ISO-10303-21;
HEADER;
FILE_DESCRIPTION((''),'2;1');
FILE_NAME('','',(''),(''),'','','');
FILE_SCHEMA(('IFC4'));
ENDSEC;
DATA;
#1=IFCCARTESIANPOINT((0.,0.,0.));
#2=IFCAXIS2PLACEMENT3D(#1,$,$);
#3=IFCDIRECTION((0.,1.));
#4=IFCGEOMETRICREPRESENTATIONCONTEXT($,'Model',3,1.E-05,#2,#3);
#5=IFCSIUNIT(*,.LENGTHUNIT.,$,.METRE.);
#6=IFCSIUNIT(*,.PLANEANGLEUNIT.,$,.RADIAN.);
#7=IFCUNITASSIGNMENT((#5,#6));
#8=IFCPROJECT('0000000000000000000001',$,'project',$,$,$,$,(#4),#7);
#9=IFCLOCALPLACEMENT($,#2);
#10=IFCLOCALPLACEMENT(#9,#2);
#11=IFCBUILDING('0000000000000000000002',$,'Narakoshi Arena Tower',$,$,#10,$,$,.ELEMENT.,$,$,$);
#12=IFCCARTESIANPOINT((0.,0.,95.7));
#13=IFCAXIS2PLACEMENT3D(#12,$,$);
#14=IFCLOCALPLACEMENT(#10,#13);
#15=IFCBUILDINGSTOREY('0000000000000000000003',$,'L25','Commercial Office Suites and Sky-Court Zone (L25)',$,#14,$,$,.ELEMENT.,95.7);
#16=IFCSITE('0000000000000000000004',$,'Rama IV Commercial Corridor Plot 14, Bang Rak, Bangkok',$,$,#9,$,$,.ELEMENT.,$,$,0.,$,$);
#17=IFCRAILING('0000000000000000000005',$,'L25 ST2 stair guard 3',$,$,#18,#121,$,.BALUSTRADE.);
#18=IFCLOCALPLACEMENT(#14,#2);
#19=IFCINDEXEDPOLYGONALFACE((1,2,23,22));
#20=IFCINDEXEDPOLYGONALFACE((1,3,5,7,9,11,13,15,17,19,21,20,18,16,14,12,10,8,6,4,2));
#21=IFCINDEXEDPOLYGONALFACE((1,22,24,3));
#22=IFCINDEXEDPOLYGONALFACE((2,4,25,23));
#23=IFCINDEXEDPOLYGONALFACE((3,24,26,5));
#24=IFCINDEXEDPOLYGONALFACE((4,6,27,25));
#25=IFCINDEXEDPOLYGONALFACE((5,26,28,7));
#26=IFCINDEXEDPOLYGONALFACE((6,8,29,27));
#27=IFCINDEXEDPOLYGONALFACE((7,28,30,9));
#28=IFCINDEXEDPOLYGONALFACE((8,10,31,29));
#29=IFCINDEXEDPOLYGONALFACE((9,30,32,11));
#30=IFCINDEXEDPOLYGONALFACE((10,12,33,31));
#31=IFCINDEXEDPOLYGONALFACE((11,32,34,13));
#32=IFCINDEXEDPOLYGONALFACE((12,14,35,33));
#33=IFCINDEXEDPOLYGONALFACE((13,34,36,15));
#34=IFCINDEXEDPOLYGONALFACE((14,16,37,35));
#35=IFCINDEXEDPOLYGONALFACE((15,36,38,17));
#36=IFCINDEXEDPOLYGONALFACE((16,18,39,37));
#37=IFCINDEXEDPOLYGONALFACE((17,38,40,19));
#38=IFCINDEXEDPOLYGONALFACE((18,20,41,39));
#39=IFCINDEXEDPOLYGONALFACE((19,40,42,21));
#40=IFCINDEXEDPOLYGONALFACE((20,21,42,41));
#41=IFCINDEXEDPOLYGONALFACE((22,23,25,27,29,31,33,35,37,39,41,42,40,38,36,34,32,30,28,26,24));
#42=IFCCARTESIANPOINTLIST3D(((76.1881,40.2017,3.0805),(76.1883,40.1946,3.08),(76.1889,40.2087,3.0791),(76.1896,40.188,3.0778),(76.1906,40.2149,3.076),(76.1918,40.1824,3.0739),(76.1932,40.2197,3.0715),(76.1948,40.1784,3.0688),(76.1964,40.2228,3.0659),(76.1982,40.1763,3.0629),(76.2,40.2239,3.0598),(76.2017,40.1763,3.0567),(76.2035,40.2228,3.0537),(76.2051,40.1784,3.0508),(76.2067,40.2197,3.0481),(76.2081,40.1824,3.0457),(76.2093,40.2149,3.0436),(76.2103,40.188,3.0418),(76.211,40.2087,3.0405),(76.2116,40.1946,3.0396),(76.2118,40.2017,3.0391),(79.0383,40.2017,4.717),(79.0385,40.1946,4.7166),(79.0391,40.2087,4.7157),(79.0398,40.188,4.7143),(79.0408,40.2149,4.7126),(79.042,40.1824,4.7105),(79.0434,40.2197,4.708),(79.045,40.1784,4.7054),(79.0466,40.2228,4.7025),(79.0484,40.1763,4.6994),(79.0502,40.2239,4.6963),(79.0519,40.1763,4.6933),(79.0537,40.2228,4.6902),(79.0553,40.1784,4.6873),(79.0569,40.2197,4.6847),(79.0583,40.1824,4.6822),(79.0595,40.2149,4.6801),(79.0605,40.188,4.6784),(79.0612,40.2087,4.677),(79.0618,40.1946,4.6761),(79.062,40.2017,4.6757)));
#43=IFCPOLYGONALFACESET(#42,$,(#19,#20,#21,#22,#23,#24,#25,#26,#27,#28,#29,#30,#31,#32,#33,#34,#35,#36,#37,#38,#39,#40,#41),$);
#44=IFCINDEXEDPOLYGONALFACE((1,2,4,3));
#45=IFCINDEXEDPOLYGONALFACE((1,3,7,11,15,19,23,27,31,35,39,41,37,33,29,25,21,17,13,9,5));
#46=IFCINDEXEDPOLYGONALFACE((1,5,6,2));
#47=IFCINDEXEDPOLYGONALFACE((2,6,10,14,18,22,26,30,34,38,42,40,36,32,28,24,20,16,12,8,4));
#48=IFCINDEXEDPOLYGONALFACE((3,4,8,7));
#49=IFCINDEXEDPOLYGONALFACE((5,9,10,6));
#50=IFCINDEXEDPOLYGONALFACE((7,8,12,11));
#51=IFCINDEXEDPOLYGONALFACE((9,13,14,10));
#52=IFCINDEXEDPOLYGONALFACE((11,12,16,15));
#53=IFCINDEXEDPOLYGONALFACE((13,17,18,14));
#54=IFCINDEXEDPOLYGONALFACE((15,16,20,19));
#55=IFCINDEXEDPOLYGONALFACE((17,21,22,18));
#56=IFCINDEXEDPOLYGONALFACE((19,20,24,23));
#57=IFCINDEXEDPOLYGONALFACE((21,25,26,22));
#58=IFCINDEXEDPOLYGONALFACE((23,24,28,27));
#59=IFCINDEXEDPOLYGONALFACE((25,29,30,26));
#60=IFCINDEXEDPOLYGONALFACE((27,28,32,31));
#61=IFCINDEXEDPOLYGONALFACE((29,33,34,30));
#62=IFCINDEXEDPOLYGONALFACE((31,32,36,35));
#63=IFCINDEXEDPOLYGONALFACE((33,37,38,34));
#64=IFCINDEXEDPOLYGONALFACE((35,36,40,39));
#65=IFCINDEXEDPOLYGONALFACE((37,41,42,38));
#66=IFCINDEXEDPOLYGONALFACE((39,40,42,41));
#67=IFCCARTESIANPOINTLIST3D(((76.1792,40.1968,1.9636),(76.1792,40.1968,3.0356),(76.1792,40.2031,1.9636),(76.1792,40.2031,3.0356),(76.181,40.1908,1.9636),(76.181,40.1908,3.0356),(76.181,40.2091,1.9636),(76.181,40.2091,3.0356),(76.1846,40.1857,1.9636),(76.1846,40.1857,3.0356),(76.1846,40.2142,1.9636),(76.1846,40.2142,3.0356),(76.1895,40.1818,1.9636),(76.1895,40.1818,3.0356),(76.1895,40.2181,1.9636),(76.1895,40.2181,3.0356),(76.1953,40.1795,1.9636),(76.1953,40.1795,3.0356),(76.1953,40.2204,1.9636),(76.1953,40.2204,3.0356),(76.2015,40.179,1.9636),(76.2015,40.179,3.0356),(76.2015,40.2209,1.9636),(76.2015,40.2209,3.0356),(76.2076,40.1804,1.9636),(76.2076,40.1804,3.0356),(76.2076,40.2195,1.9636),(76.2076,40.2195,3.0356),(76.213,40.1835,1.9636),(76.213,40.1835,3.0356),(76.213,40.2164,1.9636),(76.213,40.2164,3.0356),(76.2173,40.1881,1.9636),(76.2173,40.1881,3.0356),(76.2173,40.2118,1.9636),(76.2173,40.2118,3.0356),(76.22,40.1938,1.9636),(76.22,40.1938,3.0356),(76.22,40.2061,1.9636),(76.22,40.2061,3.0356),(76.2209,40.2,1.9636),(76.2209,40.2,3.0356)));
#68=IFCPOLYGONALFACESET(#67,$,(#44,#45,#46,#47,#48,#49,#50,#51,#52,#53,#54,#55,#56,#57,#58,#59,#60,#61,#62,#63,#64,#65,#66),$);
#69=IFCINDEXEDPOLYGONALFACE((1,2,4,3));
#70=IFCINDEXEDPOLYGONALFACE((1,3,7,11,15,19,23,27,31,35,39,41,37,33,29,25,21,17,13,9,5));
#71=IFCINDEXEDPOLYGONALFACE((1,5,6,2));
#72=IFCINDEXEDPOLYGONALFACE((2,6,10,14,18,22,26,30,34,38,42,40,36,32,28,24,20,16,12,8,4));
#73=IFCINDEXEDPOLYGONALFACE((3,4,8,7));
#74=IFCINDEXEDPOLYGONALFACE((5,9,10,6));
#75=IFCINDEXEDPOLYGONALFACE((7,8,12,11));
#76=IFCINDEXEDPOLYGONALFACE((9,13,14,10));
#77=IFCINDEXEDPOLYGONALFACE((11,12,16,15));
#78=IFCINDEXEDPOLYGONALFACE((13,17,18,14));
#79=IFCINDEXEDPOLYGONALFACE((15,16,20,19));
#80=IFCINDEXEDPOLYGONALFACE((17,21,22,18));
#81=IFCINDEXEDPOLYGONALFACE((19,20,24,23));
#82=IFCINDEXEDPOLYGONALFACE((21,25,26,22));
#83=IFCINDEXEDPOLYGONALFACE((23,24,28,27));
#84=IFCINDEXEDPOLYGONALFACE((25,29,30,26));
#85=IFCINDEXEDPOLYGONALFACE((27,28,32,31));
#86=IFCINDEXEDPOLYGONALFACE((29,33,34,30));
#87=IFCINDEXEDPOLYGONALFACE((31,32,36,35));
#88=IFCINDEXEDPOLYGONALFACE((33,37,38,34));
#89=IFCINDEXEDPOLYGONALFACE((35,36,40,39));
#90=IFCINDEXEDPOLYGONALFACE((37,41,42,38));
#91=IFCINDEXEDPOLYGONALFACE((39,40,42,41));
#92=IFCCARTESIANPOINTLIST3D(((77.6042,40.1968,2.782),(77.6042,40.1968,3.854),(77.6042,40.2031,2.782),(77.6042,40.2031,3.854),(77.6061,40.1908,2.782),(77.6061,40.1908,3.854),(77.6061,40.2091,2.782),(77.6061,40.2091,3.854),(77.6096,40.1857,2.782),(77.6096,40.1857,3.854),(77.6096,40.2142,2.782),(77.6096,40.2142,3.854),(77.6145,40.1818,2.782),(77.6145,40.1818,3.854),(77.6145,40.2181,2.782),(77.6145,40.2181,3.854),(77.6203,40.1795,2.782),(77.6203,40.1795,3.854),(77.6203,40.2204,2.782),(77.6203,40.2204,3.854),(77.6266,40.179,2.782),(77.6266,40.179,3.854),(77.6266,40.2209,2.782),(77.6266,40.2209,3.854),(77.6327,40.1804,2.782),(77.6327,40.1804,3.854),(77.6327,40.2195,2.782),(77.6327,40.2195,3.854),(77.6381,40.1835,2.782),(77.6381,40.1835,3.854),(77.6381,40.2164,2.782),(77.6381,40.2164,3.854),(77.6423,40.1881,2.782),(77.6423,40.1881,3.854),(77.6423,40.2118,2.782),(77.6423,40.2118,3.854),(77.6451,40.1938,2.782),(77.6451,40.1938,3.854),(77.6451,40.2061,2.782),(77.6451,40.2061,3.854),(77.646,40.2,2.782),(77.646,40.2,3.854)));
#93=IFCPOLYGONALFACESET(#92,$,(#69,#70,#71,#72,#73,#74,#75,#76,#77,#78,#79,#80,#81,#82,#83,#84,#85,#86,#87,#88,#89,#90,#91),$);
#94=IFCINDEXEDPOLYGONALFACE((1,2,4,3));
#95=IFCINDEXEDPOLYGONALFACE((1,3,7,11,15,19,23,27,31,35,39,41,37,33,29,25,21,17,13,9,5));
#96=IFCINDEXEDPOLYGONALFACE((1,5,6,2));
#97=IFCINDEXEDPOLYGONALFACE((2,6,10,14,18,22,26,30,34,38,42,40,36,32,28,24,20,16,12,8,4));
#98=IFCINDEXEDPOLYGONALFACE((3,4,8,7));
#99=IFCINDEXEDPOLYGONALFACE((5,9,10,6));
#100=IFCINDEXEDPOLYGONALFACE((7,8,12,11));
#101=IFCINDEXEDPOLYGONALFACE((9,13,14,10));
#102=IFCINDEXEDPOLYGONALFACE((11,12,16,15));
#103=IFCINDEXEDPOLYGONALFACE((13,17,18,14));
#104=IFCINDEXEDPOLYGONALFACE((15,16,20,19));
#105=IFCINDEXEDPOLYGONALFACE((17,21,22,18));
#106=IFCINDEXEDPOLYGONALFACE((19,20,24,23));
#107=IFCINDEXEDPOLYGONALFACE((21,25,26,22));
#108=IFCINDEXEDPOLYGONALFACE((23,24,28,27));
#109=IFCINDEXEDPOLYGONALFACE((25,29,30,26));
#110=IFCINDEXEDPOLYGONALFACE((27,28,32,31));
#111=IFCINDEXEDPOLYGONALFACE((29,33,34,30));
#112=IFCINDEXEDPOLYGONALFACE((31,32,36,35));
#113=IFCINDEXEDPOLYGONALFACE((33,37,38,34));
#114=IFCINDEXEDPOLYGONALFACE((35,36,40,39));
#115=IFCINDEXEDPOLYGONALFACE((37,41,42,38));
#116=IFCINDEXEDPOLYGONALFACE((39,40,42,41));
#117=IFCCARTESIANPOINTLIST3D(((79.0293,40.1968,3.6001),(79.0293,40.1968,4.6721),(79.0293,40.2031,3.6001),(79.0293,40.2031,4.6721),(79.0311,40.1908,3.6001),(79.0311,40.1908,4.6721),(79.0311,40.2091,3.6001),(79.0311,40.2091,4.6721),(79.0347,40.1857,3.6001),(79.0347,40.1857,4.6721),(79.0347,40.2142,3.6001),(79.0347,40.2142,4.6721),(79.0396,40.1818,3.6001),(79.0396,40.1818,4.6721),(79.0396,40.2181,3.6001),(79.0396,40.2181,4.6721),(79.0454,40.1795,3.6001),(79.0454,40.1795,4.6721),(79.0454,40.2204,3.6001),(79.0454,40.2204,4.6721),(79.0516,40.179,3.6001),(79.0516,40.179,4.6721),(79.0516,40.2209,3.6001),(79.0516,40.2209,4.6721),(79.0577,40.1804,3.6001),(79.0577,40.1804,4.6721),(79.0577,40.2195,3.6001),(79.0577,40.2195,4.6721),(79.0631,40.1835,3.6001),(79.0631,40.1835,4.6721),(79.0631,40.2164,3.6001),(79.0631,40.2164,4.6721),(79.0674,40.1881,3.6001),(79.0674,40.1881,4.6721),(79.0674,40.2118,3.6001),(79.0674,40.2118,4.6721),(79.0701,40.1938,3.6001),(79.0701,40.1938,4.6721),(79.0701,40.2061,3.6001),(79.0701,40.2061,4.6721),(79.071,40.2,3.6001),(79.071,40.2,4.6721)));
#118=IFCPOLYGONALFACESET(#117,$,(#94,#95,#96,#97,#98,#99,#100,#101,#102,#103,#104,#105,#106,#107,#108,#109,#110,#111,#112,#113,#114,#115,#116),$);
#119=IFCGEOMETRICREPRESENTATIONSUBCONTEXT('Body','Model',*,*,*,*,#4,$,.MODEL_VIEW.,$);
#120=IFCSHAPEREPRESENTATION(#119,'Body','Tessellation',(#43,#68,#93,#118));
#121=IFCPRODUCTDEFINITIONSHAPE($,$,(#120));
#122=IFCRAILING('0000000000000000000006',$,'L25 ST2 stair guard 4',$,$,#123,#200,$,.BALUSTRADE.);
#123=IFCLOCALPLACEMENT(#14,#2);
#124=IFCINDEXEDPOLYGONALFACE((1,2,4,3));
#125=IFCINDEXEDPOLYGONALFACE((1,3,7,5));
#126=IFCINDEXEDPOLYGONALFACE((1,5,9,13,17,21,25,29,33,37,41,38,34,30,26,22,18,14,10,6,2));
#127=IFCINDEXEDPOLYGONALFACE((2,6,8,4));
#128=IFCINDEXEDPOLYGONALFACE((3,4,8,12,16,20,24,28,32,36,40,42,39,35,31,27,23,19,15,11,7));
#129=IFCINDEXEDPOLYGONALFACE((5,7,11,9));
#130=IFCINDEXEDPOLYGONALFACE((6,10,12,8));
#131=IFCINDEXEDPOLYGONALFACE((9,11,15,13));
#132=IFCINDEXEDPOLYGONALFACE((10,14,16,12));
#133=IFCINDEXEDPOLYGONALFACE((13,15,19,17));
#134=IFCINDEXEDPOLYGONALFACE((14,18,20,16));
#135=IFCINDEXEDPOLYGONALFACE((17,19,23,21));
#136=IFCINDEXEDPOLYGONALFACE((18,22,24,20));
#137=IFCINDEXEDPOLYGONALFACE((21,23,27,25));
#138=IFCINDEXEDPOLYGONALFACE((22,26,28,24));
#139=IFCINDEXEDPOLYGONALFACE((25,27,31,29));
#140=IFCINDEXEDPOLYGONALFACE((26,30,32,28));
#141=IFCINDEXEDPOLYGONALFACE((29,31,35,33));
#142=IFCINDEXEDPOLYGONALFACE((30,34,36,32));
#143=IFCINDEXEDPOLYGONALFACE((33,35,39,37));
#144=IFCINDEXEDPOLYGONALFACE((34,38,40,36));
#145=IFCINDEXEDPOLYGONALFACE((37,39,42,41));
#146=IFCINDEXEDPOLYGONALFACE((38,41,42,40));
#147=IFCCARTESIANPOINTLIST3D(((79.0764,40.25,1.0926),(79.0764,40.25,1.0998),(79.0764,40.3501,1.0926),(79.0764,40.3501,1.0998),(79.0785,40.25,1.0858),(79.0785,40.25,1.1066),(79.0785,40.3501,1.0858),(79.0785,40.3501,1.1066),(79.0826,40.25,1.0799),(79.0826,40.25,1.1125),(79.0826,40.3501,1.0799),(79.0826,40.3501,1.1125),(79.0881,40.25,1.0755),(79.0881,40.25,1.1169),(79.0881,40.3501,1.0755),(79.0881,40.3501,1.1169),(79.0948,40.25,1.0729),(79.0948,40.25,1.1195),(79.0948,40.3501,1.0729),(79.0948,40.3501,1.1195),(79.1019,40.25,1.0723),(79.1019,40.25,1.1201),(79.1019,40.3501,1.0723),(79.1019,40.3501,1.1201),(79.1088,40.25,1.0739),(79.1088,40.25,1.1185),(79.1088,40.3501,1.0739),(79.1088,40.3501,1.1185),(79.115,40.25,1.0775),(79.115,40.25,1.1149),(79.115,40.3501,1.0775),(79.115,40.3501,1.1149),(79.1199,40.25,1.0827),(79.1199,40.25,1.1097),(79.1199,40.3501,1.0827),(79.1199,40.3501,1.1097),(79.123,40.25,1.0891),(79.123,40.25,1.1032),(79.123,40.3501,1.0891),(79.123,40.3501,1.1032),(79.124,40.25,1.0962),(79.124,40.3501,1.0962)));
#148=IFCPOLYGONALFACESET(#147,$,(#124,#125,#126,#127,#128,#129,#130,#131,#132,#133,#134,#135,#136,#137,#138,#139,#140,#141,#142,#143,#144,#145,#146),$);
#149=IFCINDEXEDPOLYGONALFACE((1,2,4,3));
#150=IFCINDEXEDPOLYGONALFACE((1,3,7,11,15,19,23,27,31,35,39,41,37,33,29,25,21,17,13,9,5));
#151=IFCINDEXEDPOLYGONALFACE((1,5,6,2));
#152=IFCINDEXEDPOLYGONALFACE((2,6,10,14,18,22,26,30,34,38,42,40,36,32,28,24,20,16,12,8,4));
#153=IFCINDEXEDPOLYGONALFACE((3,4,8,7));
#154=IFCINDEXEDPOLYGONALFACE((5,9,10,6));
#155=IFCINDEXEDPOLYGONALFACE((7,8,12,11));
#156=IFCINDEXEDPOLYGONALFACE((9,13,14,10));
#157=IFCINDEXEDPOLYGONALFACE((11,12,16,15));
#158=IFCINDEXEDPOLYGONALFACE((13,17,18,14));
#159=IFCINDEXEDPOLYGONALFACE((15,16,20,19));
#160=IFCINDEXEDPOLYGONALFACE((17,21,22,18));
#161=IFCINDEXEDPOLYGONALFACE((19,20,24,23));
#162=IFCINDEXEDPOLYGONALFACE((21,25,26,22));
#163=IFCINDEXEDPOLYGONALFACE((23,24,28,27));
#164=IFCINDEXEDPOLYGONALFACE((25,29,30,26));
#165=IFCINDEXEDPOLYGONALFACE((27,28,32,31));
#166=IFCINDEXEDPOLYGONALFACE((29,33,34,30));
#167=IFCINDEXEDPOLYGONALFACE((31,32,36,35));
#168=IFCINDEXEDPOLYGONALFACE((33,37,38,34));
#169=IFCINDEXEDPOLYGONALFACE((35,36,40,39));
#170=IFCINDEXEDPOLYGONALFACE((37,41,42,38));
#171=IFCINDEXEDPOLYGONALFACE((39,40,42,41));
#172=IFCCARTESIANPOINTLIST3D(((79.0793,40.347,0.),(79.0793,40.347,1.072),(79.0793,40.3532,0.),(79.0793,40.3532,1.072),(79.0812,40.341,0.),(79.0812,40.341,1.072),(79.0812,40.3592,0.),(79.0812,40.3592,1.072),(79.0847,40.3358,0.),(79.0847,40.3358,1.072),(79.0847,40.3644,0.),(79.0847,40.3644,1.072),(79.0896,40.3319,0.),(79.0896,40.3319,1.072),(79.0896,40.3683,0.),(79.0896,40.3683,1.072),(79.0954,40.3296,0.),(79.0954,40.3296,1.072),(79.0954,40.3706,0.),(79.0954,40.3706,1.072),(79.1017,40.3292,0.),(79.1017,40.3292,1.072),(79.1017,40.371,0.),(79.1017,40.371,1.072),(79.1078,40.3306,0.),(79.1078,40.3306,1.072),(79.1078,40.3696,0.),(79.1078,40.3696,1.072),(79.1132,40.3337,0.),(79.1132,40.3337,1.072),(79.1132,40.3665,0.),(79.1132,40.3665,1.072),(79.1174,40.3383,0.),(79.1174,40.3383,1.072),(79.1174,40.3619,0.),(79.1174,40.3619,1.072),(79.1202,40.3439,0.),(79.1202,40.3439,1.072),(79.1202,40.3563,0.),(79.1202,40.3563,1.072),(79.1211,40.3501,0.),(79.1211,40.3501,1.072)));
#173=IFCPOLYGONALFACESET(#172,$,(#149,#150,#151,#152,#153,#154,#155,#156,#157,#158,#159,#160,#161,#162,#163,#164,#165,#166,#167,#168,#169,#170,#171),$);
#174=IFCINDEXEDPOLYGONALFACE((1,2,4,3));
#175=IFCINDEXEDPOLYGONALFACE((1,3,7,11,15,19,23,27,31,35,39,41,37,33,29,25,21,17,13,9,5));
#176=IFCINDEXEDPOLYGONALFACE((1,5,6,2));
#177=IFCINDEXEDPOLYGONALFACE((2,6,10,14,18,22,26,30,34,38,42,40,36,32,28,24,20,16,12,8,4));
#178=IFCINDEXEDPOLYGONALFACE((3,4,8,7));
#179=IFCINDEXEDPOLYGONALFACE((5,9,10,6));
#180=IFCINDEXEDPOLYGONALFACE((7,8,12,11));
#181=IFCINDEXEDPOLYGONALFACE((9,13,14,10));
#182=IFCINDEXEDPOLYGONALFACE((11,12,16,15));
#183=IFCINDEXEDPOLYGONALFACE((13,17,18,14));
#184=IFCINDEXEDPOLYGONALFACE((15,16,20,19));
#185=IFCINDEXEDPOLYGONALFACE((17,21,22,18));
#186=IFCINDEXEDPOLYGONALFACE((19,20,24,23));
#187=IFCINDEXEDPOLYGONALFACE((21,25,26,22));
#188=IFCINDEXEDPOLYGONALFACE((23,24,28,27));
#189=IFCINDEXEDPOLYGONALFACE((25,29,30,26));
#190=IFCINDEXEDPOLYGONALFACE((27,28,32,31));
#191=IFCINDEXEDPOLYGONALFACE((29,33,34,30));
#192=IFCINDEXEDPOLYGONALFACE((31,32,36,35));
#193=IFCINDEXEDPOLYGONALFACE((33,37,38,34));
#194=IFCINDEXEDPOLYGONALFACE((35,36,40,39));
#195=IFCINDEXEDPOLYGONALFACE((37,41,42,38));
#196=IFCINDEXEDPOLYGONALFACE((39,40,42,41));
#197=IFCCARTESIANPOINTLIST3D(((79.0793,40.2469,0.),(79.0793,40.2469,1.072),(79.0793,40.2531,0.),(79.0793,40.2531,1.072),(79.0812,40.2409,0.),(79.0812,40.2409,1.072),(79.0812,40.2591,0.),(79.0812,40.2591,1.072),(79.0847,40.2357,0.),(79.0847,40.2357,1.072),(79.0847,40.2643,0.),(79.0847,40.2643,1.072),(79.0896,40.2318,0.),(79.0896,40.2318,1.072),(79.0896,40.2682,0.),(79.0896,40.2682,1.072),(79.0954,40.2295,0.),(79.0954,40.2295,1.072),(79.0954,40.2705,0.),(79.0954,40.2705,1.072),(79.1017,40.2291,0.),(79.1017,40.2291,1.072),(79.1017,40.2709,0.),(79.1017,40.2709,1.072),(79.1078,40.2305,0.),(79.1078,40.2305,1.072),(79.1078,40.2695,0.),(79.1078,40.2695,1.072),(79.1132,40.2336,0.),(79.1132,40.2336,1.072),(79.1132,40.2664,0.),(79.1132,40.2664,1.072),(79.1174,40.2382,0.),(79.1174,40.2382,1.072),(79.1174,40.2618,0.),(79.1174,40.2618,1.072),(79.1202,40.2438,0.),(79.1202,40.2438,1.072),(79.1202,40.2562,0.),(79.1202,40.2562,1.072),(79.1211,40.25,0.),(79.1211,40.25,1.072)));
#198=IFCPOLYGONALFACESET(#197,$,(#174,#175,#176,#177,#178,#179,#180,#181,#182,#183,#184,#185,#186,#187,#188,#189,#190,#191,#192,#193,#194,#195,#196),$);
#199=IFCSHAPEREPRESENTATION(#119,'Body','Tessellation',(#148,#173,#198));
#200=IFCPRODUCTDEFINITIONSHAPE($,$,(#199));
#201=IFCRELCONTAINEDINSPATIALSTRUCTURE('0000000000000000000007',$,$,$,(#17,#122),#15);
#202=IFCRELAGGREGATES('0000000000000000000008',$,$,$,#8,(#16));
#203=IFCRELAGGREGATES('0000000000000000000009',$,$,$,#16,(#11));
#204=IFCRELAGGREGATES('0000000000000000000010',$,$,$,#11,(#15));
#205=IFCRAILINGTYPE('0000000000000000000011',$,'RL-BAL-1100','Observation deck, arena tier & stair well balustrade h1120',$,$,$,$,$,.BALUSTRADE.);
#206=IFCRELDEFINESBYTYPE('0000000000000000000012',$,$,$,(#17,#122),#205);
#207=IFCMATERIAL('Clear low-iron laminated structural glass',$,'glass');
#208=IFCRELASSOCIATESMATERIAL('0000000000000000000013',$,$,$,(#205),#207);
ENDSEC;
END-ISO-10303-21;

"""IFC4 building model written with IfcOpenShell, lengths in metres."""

from ifc_helpers import new_model, si_unit, direction, frame, origin, origin_2d, place, context, subcontext, project, spatial, circle, extrude, material, type_object, element, save


model = new_model("IFC4")

# Units and contexts
model_context = context("Model", 3, precision=1e-05, world=origin(), true_north=direction((0.0, 1.0)))
body_context = subcontext(model_context, "Body", "Model", "MODEL_VIEW")
ifc_project = project(units=[si_unit("LENGTHUNIT", "METRE"), si_unit("PLANEANGLEUNIT", "RADIAN")], contexts=[model_context])

# Site, building, storey
site_placement = place(None, origin())
site = spatial("IfcSite", under=ifc_project, at=site_placement, Name="Rama IV Commercial Corridor Plot 14, Bang Rak, Bangkok", CompositionType="ELEMENT", RefElevation=0.0)
building_placement = place(site_placement, origin())
building = spatial("IfcBuilding", under=site, at=building_placement, Name="Narakoshi Arena Tower", CompositionType="ELEMENT")
storey_placement = place(building_placement, frame((0.0, 0.0, 95.7)))
storey = spatial("IfcBuildingStorey", under=building, at=storey_placement, Name="L25", Description="Commercial Office Suites and Sky-Court Zone (L25)", CompositionType="ELEMENT", Elevation=95.7)

# Railings
ifc_material_1 = material(Name="Clear low-iron laminated structural glass", Category="glass")
railing_type_1 = type_object("IfcRailingType", Name="RL-BAL-1100", Description="Observation deck, arena tier & stair well balustrade h1120", PredefinedType="BALUSTRADE", material=ifc_material_1)
railing_1_placement = place(storey_placement, frame((76.2, 40.2, 1.9636)))
element("IfcRailing", 1, at=railing_1_placement, inside=storey, type_object=railing_type_1, Name="L25 ST2 stair guard 3", PredefinedType="BALUSTRADE", context=body_context, shape_type="SweptSolid", body=[
    extrude(circle(Radius=0.0239, at=origin_2d()), frame((0.0, 0.0, 1.0962), z_axis=(0.867213, 0.0, 0.497938), x_axis=(0.0, 1.0, 0.0)), (0.0, 0.0, 1.0), 3.2866),
    extrude(circle(Radius=0.021, at=origin_2d()), origin(), (0.0, 0.0, 1.0), 1.072),
    extrude(circle(Radius=0.021, at=origin_2d()), frame((1.425, 0.0, 0.8184)), (0.0, 0.0, 1.0), 1.072),
    extrude(circle(Radius=0.021, at=origin_2d()), frame((2.8501, 0.0, 1.6365)), (0.0, 0.0, 1.0), 1.072),
])
railing_2_placement = place(storey_placement, frame((79.1001, 40.3501, 0.0)))
element("IfcRailing", 2, at=railing_2_placement, inside=storey, type_object=railing_type_1, Name="L25 ST2 stair guard 4", PredefinedType="BALUSTRADE", context=body_context, shape_type="SweptSolid", body=[
    extrude(circle(Radius=0.0239, at=origin_2d()), frame((0.0, 0.0, 1.0962), z_axis=(0.0, -1.0, 0.0), x_axis=(1.0, 0.0, 0.0)), (0.0, 0.0, 1.0), 0.1001),
    extrude(circle(Radius=0.021, at=origin_2d()), origin(), (0.0, 0.0, 1.0), 1.072),
    extrude(circle(Radius=0.021, at=origin_2d()), frame((0.0, -0.1001, 0.0)), (0.0, 0.0, 1.0), 1.072),
])

save(model, "model.ifc")
